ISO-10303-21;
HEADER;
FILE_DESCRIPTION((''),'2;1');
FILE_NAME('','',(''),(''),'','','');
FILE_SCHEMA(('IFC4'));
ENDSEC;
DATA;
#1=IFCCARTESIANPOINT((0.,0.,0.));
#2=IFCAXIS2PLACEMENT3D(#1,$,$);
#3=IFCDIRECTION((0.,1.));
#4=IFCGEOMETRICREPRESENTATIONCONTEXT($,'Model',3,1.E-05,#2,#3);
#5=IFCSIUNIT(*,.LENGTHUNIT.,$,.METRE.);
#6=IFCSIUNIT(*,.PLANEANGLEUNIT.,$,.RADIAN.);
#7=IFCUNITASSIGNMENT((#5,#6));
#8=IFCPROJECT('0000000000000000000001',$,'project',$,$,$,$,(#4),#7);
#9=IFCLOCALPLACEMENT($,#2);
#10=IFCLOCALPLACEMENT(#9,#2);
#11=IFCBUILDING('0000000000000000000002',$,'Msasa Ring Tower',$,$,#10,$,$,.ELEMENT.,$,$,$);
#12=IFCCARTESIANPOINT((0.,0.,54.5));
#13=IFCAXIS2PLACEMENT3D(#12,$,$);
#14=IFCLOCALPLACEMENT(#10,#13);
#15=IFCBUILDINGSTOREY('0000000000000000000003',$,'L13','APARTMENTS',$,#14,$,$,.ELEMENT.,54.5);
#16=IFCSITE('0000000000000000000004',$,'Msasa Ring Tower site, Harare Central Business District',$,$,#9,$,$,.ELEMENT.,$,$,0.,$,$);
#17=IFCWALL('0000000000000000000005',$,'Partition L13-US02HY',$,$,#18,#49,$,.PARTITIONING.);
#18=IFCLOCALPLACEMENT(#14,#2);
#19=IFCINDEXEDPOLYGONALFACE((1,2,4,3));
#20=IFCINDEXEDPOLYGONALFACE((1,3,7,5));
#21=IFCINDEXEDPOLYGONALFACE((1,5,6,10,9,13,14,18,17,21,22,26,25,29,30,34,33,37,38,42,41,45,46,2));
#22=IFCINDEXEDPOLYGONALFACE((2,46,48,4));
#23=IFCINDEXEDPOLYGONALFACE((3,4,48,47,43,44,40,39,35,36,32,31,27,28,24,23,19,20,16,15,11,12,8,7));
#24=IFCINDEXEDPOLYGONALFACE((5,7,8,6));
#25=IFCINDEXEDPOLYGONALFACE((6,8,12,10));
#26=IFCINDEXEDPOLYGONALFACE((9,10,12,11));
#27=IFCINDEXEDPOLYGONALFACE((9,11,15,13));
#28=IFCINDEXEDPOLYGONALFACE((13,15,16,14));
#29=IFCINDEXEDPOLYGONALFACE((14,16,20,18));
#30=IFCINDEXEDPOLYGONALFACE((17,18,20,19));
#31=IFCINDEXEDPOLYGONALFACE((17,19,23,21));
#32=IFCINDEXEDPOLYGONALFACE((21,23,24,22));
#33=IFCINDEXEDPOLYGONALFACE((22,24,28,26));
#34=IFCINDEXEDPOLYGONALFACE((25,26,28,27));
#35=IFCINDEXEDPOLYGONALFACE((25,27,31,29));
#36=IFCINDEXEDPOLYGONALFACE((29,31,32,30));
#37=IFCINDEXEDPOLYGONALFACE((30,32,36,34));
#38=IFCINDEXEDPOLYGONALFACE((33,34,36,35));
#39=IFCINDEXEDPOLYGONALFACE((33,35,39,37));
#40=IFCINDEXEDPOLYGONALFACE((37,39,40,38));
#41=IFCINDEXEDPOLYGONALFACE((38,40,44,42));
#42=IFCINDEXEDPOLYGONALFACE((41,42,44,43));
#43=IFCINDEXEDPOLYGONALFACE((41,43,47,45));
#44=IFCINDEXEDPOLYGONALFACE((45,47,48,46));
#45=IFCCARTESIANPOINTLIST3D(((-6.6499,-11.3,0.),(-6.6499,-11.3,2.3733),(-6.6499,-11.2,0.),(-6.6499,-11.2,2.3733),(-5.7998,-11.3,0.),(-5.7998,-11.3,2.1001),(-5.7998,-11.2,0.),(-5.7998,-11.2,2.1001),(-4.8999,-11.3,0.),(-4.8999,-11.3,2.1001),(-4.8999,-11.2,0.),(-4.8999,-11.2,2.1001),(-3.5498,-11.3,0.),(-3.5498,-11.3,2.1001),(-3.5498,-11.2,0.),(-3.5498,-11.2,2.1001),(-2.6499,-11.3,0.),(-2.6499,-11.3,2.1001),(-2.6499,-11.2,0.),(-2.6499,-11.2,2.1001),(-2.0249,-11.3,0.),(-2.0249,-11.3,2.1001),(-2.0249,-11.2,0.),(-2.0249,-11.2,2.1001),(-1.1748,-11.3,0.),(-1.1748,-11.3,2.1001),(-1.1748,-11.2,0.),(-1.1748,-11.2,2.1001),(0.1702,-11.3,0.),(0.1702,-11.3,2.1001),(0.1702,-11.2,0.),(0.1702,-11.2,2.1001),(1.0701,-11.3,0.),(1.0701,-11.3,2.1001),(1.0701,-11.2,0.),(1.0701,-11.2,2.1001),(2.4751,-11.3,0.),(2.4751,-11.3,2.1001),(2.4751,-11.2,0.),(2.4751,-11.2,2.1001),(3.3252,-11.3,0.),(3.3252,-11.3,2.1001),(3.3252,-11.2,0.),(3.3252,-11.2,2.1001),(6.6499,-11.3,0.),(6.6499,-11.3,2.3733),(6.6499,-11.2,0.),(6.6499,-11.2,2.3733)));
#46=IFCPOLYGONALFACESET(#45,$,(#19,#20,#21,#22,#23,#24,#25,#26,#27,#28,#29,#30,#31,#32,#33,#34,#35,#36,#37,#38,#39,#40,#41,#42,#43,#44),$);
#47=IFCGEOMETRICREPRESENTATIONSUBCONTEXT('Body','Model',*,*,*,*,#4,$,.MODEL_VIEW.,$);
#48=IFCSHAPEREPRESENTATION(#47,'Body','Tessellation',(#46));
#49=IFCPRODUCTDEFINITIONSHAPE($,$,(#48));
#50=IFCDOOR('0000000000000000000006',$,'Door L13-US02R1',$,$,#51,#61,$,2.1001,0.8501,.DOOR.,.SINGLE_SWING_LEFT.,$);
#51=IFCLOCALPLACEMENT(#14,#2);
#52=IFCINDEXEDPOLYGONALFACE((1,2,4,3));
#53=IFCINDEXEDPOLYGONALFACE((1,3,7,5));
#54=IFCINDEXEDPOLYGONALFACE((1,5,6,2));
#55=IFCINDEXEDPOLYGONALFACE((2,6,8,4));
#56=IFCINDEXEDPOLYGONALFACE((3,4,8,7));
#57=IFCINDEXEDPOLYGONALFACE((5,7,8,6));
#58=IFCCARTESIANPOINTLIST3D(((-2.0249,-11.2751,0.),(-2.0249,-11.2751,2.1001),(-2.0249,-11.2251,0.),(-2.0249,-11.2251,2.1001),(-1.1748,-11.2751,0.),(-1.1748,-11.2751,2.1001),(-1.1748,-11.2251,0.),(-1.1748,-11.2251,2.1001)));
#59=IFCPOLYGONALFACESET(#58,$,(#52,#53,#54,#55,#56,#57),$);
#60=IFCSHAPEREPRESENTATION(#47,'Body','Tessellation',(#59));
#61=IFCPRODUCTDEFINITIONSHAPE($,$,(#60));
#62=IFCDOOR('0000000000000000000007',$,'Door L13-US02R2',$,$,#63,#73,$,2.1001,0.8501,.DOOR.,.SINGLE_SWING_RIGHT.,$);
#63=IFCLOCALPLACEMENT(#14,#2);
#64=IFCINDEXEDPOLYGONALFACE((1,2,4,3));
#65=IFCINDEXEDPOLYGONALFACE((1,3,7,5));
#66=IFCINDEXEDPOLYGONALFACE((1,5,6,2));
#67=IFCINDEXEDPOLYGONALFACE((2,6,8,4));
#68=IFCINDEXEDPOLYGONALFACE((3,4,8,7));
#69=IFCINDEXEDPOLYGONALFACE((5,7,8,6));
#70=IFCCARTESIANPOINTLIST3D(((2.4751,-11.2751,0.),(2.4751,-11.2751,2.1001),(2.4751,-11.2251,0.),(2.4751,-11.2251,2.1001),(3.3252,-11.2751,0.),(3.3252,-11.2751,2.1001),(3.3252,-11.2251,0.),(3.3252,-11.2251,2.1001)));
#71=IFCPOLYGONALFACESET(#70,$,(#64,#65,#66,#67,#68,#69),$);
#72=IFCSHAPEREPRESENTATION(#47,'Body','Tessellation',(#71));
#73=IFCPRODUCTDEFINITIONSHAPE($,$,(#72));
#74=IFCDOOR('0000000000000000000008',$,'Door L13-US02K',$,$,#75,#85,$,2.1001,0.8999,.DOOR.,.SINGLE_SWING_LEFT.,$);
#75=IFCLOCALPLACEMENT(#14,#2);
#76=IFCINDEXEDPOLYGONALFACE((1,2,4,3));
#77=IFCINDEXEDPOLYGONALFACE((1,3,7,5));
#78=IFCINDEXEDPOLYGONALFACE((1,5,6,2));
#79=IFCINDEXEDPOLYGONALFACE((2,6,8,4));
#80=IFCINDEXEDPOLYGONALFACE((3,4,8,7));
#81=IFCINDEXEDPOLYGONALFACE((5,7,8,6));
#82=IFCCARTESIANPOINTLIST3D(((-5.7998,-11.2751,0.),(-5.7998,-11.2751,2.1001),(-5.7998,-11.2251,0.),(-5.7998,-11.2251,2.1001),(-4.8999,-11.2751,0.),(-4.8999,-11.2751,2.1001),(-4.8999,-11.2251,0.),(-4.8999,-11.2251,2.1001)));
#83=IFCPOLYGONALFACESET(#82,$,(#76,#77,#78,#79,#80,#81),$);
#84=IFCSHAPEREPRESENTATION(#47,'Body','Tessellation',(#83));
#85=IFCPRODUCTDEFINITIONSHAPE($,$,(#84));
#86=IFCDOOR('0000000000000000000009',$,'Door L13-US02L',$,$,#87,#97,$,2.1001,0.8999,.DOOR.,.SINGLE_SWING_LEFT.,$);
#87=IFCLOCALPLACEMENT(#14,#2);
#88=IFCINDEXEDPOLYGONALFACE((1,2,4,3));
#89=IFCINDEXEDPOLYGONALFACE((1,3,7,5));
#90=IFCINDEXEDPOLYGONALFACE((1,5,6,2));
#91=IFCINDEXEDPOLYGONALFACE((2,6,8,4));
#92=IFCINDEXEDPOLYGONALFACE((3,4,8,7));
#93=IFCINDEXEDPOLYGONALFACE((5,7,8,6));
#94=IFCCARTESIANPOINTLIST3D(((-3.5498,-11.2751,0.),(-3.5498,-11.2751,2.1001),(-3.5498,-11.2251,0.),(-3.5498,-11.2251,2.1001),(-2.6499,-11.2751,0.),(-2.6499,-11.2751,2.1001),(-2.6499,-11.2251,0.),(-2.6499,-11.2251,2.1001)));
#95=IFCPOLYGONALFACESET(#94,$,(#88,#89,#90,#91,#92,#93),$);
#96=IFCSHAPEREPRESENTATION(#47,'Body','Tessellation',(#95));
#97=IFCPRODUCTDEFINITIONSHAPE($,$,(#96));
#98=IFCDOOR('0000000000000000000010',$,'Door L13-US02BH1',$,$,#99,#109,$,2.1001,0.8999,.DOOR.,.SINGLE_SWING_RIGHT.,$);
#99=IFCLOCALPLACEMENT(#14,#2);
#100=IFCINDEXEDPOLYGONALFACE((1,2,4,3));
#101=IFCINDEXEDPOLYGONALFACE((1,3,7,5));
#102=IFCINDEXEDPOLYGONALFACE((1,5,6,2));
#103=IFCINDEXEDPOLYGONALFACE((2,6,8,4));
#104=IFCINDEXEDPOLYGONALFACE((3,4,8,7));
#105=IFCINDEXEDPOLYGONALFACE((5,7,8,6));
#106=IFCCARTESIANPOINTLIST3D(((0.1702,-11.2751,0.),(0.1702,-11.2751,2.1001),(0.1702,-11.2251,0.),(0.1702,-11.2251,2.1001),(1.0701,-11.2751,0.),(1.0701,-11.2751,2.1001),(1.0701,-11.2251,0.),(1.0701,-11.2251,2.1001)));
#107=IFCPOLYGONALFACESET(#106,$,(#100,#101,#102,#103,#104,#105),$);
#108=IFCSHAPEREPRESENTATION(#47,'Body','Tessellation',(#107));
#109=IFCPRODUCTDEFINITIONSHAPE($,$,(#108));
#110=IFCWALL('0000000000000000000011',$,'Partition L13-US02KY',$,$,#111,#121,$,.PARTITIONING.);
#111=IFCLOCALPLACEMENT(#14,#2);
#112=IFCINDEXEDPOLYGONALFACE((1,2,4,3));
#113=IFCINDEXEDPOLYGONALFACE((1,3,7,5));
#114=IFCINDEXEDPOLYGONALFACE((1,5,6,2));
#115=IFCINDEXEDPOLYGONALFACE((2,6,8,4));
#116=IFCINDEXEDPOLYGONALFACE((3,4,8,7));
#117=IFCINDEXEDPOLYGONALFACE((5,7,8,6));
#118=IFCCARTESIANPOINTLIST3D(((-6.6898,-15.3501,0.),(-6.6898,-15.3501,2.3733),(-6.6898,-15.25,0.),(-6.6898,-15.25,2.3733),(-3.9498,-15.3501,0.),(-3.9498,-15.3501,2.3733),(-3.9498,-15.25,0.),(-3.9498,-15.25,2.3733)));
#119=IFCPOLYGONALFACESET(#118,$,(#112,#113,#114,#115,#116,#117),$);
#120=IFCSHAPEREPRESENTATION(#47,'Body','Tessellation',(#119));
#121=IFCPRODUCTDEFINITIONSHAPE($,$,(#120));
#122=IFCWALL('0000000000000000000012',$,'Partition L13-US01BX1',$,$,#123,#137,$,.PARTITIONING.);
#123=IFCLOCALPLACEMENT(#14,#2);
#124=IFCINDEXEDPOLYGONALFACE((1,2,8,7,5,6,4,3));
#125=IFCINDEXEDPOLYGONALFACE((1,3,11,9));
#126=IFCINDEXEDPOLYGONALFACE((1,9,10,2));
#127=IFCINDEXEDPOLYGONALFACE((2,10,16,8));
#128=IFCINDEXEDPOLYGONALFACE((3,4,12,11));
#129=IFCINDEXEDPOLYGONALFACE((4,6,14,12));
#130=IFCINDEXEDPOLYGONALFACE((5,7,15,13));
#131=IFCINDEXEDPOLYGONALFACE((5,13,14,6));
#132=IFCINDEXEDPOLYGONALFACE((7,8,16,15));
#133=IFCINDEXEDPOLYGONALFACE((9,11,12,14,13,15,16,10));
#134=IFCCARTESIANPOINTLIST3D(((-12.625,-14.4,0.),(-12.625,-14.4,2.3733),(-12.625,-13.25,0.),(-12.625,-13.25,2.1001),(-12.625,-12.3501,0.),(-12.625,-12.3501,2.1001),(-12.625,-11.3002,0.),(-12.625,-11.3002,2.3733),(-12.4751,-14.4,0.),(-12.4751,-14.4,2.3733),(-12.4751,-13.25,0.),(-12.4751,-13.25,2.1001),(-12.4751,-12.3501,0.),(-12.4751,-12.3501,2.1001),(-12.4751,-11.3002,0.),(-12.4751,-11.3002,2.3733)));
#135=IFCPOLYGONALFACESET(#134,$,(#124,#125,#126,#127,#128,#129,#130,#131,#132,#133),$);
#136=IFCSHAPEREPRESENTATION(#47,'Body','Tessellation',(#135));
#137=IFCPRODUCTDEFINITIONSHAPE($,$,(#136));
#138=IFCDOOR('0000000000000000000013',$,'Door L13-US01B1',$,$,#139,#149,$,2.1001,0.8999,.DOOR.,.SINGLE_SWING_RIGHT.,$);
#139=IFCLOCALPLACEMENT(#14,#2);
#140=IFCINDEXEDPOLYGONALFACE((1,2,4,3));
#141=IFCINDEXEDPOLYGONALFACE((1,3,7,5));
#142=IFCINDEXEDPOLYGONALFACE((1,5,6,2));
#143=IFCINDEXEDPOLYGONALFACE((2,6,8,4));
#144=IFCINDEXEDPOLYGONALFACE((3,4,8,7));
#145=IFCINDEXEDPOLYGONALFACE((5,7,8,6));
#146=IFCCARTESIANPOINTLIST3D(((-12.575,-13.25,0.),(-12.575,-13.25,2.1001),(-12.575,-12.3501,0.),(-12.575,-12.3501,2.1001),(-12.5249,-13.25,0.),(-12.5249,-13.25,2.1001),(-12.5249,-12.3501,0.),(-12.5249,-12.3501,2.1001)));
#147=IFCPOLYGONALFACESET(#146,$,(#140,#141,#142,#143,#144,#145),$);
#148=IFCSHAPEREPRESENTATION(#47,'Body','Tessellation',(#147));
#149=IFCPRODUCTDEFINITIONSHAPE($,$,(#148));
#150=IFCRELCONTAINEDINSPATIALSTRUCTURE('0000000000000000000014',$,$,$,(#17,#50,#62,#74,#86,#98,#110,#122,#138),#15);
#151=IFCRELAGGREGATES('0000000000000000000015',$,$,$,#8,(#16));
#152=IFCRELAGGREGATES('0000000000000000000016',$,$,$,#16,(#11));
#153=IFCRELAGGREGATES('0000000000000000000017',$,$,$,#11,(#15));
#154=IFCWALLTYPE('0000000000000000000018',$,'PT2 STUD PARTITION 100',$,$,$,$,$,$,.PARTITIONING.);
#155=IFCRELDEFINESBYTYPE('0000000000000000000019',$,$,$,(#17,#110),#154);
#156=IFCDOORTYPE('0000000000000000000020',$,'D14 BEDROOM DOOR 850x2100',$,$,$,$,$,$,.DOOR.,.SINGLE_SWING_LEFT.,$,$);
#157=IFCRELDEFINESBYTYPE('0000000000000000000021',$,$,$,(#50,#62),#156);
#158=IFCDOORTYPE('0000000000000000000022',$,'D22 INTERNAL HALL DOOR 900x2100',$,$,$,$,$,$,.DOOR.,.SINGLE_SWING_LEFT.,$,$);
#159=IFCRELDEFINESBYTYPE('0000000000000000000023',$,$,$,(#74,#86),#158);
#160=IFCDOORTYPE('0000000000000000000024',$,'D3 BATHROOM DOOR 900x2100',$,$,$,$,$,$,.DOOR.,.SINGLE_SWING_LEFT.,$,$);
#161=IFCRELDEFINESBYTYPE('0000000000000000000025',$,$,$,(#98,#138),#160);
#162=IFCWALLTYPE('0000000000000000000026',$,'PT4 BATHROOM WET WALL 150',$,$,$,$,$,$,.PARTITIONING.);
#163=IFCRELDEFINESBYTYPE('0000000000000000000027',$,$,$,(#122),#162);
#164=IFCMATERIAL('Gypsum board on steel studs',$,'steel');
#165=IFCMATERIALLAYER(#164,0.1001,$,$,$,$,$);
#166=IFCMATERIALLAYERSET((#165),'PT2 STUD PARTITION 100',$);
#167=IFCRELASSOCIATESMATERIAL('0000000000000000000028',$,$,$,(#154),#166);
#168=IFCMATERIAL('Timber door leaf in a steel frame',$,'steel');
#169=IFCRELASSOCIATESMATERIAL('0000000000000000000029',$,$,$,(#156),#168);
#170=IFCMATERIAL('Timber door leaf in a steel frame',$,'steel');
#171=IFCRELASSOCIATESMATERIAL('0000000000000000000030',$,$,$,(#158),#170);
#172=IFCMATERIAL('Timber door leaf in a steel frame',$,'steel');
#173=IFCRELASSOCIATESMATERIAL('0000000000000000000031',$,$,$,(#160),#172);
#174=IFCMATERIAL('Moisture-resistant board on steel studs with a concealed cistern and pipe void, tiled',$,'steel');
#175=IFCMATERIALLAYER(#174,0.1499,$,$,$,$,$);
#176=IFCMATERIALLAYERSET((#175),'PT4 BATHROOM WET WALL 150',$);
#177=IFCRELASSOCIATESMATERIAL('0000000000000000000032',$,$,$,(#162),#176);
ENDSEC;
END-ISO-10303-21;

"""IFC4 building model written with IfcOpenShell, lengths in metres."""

from ifc_helpers import new_model, si_unit, direction, frame, frame_2d, origin, place, context, subcontext, project, spatial, rectangle, extrude, material, layer, layer_set, type_object, element, fill, save


model = new_model("IFC4")

# Units and contexts
model_context = context("Model", 3, precision=1e-05, world=origin(), true_north=direction((0.0, 1.0)))
body_context = subcontext(model_context, "Body", "Model", "MODEL_VIEW")
ifc_project = project(units=[si_unit("LENGTHUNIT", "METRE"), si_unit("PLANEANGLEUNIT", "RADIAN")], contexts=[model_context])

# Site, building, storey
site_placement = place(None, origin())
site = spatial("IfcSite", under=ifc_project, at=site_placement, Name="Msasa Ring Tower site, Harare Central Business District", CompositionType="ELEMENT", RefElevation=0.0)
building_placement = place(site_placement, origin())
building = spatial("IfcBuilding", under=site, at=building_placement, Name="Msasa Ring Tower", CompositionType="ELEMENT")
storey_placement = place(building_placement, frame((0.0, 0.0, 54.5)))
storey = spatial("IfcBuildingStorey", under=building, at=storey_placement, Name="L13", Description="APARTMENTS", CompositionType="ELEMENT", Elevation=54.5)

# Wall, openings, doors
ifc_material_1 = material(Name="Gypsum board on steel studs", Category="steel")
ifc_layer_1 = layer(ifc_material_1, 0.1001)
ifc_layer_set_1 = layer_set([ifc_layer_1], Name="PT2 STUD PARTITION 100")
wall_type_1 = type_object("IfcWallType", Name="PT2 STUD PARTITION 100", PredefinedType="PARTITIONING", material=ifc_layer_set_1)
ifc_material_2 = material(Name="Timber door leaf in a steel frame", Category="steel")
door_type_1 = type_object("IfcDoorType", Name="D14 BEDROOM DOOR 850x2100", OperationType="SINGLE_SWING_LEFT", PredefinedType="DOOR", material=ifc_material_2)
ifc_material_3 = material(Name="Timber door leaf in a steel frame", Category="steel")
door_type_2 = type_object("IfcDoorType", Name="D22 INTERNAL HALL DOOR 900x2100", OperationType="SINGLE_SWING_LEFT", PredefinedType="DOOR", material=ifc_material_3)
ifc_material_4 = material(Name="Timber door leaf in a steel frame", Category="steel")
door_type_3 = type_object("IfcDoorType", Name="D3 BATHROOM DOOR 900x2100", OperationType="SINGLE_SWING_LEFT", PredefinedType="DOOR", material=ifc_material_4)
wall_1_placement = place(storey_placement, frame((-6.6499, -11.25, 0.0), z_axis=(0.0, 0.0, 1.0), x_axis=(1.0, 0.0, 0.0)))
wall_1 = element("IfcWall", 1, at=wall_1_placement, inside=storey, type_object=wall_type_1, Name="Partition L13-US02HY", PredefinedType="PARTITIONING", context=body_context, shape_type="SweptSolid", body=[
    extrude(rectangle(XDim=13.2998, YDim=0.1001, at=frame_2d((6.6499, 0.0))), origin(), (0.0, 0.0, 1.0), 2.3733),
])
opening_1_placement = place(wall_1_placement, frame((0.8501, 0.0, 0.0)))
opening_1 = element("IfcOpeningElement", 2, at=opening_1_placement, cuts=wall_1, PredefinedType="OPENING", context=body_context, shape_type="SweptSolid", body=[
    extrude(rectangle(XDim=0.8999, YDim=2.1001, at=frame_2d((0.45, 1.05))), frame((0.0, 0.0601, 0.0), z_axis=(0.0, -1.0, 0.0), x_axis=(1.0, 0.0, 0.0)), (0.0, 0.0, 1.0), 0.1201),
])
opening_2_placement = place(wall_1_placement, frame((3.1001, 0.0, 0.0)))
opening_2 = element("IfcOpeningElement", 3, at=opening_2_placement, cuts=wall_1, PredefinedType="OPENING", context=body_context, shape_type="SweptSolid", body=[
    extrude(rectangle(XDim=0.8999, YDim=2.1001, at=frame_2d((0.45, 1.05))), frame((0.0, 0.0601, 0.0), z_axis=(0.0, -1.0, 0.0), x_axis=(1.0, 0.0, 0.0)), (0.0, 0.0, 1.0), 0.1201),
])
opening_3_placement = place(wall_1_placement, frame((4.625, 0.0, 0.0)))
opening_3 = element("IfcOpeningElement", 4, at=opening_3_placement, cuts=wall_1, PredefinedType="OPENING", context=body_context, shape_type="SweptSolid", body=[
    extrude(rectangle(XDim=0.8501, YDim=2.1001, at=frame_2d((0.425, 1.05))), frame((0.0, 0.0601, 0.0), z_axis=(0.0, -1.0, 0.0), x_axis=(1.0, 0.0, 0.0)), (0.0, 0.0, 1.0), 0.1201),
])
opening_4_placement = place(wall_1_placement, frame((6.8201, 0.0, 0.0)))
opening_4 = element("IfcOpeningElement", 5, at=opening_4_placement, cuts=wall_1, PredefinedType="OPENING", context=body_context, shape_type="SweptSolid", body=[
    extrude(rectangle(XDim=0.8999, YDim=2.1001, at=frame_2d((0.45, 1.05))), frame((0.0, 0.0601, 0.0), z_axis=(0.0, -1.0, 0.0), x_axis=(1.0, 0.0, 0.0)), (0.0, 0.0, 1.0), 0.1201),
])
opening_5_placement = place(wall_1_placement, frame((9.125, 0.0, 0.0)))
opening_5 = element("IfcOpeningElement", 6, at=opening_5_placement, cuts=wall_1, PredefinedType="OPENING", context=body_context, shape_type="SweptSolid", body=[
    extrude(rectangle(XDim=0.8501, YDim=2.1001, at=frame_2d((0.425, 1.05))), frame((0.0, 0.0601, 0.0), z_axis=(0.0, -1.0, 0.0), x_axis=(1.0, 0.0, 0.0)), (0.0, 0.0, 1.0), 0.1201),
])
door_1_placement = place(opening_3_placement, origin())
door_1 = element("IfcDoor", 7, at=door_1_placement, inside=storey, type_object=door_type_1, Name="Door L13-US02R1", OperationType="SINGLE_SWING_LEFT", OverallHeight=2.1001, OverallWidth=0.8501, PredefinedType="DOOR", context=body_context, shape_type="SweptSolid", body=[
    extrude(rectangle(XDim=0.8501, YDim=2.1001, at=frame_2d((0.425, 1.05))), frame((0.0, 0.0249, 0.0), z_axis=(0.0, -1.0, 0.0), x_axis=(1.0, 0.0, 0.0)), (0.0, 0.0, 1.0), 0.05),
])
fill(opening_3, door_1)
door_2_placement = place(opening_5_placement, origin())
door_2 = element("IfcDoor", 8, at=door_2_placement, inside=storey, type_object=door_type_1, Name="Door L13-US02R2", OperationType="SINGLE_SWING_RIGHT", OverallHeight=2.1001, OverallWidth=0.8501, PredefinedType="DOOR", context=body_context, shape_type="SweptSolid", body=[
    extrude(rectangle(XDim=0.8501, YDim=2.1001, at=frame_2d((0.425, 1.05))), frame((0.0, 0.0249, 0.0), z_axis=(0.0, -1.0, 0.0), x_axis=(1.0, 0.0, 0.0)), (0.0, 0.0, 1.0), 0.05),
])
fill(opening_5, door_2)
door_3_placement = place(opening_1_placement, origin())
door_3 = element("IfcDoor", 9, at=door_3_placement, inside=storey, type_object=door_type_2, Name="Door L13-US02K", OperationType="SINGLE_SWING_LEFT", OverallHeight=2.1001, OverallWidth=0.8999, PredefinedType="DOOR", context=body_context, shape_type="SweptSolid", body=[
    extrude(rectangle(XDim=0.8999, YDim=2.1001, at=frame_2d((0.45, 1.05))), frame((0.0, 0.0249, 0.0), z_axis=(0.0, -1.0, 0.0), x_axis=(1.0, 0.0, 0.0)), (0.0, 0.0, 1.0), 0.05),
])
fill(opening_1, door_3)
door_4_placement = place(opening_2_placement, origin())
door_4 = element("IfcDoor", 10, at=door_4_placement, inside=storey, type_object=door_type_2, Name="Door L13-US02L", OperationType="SINGLE_SWING_LEFT", OverallHeight=2.1001, OverallWidth=0.8999, PredefinedType="DOOR", context=body_context, shape_type="SweptSolid", body=[
    extrude(rectangle(XDim=0.8999, YDim=2.1001, at=frame_2d((0.45, 1.05))), frame((0.0, 0.0249, 0.0), z_axis=(0.0, -1.0, 0.0), x_axis=(1.0, 0.0, 0.0)), (0.0, 0.0, 1.0), 0.05),
])
fill(opening_2, door_4)
door_5_placement = place(opening_4_placement, origin())
door_5 = element("IfcDoor", 11, at=door_5_placement, inside=storey, type_object=door_type_3, Name="Door L13-US02BH1", OperationType="SINGLE_SWING_RIGHT", OverallHeight=2.1001, OverallWidth=0.8999, PredefinedType="DOOR", context=body_context, shape_type="SweptSolid", body=[
    extrude(rectangle(XDim=0.8999, YDim=2.1001, at=frame_2d((0.45, 1.05))), frame((0.0, 0.0249, 0.0), z_axis=(0.0, -1.0, 0.0), x_axis=(1.0, 0.0, 0.0)), (0.0, 0.0, 1.0), 0.05),
])
fill(opening_4, door_5)

# Wall
wall_2_placement = place(storey_placement, frame((-6.6899, -15.3, 0.0), z_axis=(0.0, 0.0, 1.0), x_axis=(1.0, 0.0, 0.0)))
element("IfcWall", 12, at=wall_2_placement, inside=storey, type_object=wall_type_1, Name="Partition L13-US02KY", PredefinedType="PARTITIONING", context=body_context, shape_type="SweptSolid", body=[
    extrude(rectangle(XDim=2.74, YDim=0.1001, at=frame_2d((1.3701, 0.0))), origin(), (0.0, 0.0, 1.0), 2.3733),
])

# Wall, opening, door
ifc_material_5 = material(Name="Moisture-resistant board on steel studs with a concealed cistern and pipe void, tiled", Category="steel")
ifc_layer_2 = layer(ifc_material_5, 0.1499)
ifc_layer_set_2 = layer_set([ifc_layer_2], Name="PT4 BATHROOM WET WALL 150")
wall_type_2 = type_object("IfcWallType", Name="PT4 BATHROOM WET WALL 150", PredefinedType="PARTITIONING", material=ifc_layer_set_2)
wall_3_placement = place(storey_placement, frame((-12.55, -14.3999, 0.0), z_axis=(0.0, 0.0, 1.0), x_axis=(0.0, 1.0, 0.0)))
wall_3 = element("IfcWall", 13, at=wall_3_placement, inside=storey, type_object=wall_type_2, Name="Partition L13-US01BX1", PredefinedType="PARTITIONING", context=body_context, shape_type="SweptSolid", body=[
    extrude(rectangle(XDim=3.0999, YDim=0.1499, at=frame_2d((1.5498, 0.0))), origin(), (0.0, 0.0, 1.0), 2.3733),
])
opening_6_placement = place(wall_3_placement, frame((1.1499, 0.0, 0.0)))
opening_6 = element("IfcOpeningElement", 14, at=opening_6_placement, cuts=wall_3, PredefinedType="OPENING", context=body_context, shape_type="SweptSolid", body=[
    extrude(rectangle(XDim=0.8999, YDim=2.1001, at=frame_2d((0.45, 1.05))), frame((0.0, 0.085, 0.0), z_axis=(0.0, -1.0, 0.0), x_axis=(1.0, 0.0, 0.0)), (0.0, 0.0, 1.0), 0.1699),
])
door_6_placement = place(opening_6_placement, origin())
door_6 = element("IfcDoor", 15, at=door_6_placement, inside=storey, type_object=door_type_3, Name="Door L13-US01B1", OperationType="SINGLE_SWING_RIGHT", OverallHeight=2.1001, OverallWidth=0.8999, PredefinedType="DOOR", context=body_context, shape_type="SweptSolid", body=[
    extrude(rectangle(XDim=0.8999, YDim=2.1001, at=frame_2d((0.45, 1.05))), frame((0.0, 0.0249, 0.0), z_axis=(0.0, -1.0, 0.0), x_axis=(1.0, 0.0, 0.0)), (0.0, 0.0, 1.0), 0.05),
])
fill(opening_6, door_6)

save(model, "model.ifc")
